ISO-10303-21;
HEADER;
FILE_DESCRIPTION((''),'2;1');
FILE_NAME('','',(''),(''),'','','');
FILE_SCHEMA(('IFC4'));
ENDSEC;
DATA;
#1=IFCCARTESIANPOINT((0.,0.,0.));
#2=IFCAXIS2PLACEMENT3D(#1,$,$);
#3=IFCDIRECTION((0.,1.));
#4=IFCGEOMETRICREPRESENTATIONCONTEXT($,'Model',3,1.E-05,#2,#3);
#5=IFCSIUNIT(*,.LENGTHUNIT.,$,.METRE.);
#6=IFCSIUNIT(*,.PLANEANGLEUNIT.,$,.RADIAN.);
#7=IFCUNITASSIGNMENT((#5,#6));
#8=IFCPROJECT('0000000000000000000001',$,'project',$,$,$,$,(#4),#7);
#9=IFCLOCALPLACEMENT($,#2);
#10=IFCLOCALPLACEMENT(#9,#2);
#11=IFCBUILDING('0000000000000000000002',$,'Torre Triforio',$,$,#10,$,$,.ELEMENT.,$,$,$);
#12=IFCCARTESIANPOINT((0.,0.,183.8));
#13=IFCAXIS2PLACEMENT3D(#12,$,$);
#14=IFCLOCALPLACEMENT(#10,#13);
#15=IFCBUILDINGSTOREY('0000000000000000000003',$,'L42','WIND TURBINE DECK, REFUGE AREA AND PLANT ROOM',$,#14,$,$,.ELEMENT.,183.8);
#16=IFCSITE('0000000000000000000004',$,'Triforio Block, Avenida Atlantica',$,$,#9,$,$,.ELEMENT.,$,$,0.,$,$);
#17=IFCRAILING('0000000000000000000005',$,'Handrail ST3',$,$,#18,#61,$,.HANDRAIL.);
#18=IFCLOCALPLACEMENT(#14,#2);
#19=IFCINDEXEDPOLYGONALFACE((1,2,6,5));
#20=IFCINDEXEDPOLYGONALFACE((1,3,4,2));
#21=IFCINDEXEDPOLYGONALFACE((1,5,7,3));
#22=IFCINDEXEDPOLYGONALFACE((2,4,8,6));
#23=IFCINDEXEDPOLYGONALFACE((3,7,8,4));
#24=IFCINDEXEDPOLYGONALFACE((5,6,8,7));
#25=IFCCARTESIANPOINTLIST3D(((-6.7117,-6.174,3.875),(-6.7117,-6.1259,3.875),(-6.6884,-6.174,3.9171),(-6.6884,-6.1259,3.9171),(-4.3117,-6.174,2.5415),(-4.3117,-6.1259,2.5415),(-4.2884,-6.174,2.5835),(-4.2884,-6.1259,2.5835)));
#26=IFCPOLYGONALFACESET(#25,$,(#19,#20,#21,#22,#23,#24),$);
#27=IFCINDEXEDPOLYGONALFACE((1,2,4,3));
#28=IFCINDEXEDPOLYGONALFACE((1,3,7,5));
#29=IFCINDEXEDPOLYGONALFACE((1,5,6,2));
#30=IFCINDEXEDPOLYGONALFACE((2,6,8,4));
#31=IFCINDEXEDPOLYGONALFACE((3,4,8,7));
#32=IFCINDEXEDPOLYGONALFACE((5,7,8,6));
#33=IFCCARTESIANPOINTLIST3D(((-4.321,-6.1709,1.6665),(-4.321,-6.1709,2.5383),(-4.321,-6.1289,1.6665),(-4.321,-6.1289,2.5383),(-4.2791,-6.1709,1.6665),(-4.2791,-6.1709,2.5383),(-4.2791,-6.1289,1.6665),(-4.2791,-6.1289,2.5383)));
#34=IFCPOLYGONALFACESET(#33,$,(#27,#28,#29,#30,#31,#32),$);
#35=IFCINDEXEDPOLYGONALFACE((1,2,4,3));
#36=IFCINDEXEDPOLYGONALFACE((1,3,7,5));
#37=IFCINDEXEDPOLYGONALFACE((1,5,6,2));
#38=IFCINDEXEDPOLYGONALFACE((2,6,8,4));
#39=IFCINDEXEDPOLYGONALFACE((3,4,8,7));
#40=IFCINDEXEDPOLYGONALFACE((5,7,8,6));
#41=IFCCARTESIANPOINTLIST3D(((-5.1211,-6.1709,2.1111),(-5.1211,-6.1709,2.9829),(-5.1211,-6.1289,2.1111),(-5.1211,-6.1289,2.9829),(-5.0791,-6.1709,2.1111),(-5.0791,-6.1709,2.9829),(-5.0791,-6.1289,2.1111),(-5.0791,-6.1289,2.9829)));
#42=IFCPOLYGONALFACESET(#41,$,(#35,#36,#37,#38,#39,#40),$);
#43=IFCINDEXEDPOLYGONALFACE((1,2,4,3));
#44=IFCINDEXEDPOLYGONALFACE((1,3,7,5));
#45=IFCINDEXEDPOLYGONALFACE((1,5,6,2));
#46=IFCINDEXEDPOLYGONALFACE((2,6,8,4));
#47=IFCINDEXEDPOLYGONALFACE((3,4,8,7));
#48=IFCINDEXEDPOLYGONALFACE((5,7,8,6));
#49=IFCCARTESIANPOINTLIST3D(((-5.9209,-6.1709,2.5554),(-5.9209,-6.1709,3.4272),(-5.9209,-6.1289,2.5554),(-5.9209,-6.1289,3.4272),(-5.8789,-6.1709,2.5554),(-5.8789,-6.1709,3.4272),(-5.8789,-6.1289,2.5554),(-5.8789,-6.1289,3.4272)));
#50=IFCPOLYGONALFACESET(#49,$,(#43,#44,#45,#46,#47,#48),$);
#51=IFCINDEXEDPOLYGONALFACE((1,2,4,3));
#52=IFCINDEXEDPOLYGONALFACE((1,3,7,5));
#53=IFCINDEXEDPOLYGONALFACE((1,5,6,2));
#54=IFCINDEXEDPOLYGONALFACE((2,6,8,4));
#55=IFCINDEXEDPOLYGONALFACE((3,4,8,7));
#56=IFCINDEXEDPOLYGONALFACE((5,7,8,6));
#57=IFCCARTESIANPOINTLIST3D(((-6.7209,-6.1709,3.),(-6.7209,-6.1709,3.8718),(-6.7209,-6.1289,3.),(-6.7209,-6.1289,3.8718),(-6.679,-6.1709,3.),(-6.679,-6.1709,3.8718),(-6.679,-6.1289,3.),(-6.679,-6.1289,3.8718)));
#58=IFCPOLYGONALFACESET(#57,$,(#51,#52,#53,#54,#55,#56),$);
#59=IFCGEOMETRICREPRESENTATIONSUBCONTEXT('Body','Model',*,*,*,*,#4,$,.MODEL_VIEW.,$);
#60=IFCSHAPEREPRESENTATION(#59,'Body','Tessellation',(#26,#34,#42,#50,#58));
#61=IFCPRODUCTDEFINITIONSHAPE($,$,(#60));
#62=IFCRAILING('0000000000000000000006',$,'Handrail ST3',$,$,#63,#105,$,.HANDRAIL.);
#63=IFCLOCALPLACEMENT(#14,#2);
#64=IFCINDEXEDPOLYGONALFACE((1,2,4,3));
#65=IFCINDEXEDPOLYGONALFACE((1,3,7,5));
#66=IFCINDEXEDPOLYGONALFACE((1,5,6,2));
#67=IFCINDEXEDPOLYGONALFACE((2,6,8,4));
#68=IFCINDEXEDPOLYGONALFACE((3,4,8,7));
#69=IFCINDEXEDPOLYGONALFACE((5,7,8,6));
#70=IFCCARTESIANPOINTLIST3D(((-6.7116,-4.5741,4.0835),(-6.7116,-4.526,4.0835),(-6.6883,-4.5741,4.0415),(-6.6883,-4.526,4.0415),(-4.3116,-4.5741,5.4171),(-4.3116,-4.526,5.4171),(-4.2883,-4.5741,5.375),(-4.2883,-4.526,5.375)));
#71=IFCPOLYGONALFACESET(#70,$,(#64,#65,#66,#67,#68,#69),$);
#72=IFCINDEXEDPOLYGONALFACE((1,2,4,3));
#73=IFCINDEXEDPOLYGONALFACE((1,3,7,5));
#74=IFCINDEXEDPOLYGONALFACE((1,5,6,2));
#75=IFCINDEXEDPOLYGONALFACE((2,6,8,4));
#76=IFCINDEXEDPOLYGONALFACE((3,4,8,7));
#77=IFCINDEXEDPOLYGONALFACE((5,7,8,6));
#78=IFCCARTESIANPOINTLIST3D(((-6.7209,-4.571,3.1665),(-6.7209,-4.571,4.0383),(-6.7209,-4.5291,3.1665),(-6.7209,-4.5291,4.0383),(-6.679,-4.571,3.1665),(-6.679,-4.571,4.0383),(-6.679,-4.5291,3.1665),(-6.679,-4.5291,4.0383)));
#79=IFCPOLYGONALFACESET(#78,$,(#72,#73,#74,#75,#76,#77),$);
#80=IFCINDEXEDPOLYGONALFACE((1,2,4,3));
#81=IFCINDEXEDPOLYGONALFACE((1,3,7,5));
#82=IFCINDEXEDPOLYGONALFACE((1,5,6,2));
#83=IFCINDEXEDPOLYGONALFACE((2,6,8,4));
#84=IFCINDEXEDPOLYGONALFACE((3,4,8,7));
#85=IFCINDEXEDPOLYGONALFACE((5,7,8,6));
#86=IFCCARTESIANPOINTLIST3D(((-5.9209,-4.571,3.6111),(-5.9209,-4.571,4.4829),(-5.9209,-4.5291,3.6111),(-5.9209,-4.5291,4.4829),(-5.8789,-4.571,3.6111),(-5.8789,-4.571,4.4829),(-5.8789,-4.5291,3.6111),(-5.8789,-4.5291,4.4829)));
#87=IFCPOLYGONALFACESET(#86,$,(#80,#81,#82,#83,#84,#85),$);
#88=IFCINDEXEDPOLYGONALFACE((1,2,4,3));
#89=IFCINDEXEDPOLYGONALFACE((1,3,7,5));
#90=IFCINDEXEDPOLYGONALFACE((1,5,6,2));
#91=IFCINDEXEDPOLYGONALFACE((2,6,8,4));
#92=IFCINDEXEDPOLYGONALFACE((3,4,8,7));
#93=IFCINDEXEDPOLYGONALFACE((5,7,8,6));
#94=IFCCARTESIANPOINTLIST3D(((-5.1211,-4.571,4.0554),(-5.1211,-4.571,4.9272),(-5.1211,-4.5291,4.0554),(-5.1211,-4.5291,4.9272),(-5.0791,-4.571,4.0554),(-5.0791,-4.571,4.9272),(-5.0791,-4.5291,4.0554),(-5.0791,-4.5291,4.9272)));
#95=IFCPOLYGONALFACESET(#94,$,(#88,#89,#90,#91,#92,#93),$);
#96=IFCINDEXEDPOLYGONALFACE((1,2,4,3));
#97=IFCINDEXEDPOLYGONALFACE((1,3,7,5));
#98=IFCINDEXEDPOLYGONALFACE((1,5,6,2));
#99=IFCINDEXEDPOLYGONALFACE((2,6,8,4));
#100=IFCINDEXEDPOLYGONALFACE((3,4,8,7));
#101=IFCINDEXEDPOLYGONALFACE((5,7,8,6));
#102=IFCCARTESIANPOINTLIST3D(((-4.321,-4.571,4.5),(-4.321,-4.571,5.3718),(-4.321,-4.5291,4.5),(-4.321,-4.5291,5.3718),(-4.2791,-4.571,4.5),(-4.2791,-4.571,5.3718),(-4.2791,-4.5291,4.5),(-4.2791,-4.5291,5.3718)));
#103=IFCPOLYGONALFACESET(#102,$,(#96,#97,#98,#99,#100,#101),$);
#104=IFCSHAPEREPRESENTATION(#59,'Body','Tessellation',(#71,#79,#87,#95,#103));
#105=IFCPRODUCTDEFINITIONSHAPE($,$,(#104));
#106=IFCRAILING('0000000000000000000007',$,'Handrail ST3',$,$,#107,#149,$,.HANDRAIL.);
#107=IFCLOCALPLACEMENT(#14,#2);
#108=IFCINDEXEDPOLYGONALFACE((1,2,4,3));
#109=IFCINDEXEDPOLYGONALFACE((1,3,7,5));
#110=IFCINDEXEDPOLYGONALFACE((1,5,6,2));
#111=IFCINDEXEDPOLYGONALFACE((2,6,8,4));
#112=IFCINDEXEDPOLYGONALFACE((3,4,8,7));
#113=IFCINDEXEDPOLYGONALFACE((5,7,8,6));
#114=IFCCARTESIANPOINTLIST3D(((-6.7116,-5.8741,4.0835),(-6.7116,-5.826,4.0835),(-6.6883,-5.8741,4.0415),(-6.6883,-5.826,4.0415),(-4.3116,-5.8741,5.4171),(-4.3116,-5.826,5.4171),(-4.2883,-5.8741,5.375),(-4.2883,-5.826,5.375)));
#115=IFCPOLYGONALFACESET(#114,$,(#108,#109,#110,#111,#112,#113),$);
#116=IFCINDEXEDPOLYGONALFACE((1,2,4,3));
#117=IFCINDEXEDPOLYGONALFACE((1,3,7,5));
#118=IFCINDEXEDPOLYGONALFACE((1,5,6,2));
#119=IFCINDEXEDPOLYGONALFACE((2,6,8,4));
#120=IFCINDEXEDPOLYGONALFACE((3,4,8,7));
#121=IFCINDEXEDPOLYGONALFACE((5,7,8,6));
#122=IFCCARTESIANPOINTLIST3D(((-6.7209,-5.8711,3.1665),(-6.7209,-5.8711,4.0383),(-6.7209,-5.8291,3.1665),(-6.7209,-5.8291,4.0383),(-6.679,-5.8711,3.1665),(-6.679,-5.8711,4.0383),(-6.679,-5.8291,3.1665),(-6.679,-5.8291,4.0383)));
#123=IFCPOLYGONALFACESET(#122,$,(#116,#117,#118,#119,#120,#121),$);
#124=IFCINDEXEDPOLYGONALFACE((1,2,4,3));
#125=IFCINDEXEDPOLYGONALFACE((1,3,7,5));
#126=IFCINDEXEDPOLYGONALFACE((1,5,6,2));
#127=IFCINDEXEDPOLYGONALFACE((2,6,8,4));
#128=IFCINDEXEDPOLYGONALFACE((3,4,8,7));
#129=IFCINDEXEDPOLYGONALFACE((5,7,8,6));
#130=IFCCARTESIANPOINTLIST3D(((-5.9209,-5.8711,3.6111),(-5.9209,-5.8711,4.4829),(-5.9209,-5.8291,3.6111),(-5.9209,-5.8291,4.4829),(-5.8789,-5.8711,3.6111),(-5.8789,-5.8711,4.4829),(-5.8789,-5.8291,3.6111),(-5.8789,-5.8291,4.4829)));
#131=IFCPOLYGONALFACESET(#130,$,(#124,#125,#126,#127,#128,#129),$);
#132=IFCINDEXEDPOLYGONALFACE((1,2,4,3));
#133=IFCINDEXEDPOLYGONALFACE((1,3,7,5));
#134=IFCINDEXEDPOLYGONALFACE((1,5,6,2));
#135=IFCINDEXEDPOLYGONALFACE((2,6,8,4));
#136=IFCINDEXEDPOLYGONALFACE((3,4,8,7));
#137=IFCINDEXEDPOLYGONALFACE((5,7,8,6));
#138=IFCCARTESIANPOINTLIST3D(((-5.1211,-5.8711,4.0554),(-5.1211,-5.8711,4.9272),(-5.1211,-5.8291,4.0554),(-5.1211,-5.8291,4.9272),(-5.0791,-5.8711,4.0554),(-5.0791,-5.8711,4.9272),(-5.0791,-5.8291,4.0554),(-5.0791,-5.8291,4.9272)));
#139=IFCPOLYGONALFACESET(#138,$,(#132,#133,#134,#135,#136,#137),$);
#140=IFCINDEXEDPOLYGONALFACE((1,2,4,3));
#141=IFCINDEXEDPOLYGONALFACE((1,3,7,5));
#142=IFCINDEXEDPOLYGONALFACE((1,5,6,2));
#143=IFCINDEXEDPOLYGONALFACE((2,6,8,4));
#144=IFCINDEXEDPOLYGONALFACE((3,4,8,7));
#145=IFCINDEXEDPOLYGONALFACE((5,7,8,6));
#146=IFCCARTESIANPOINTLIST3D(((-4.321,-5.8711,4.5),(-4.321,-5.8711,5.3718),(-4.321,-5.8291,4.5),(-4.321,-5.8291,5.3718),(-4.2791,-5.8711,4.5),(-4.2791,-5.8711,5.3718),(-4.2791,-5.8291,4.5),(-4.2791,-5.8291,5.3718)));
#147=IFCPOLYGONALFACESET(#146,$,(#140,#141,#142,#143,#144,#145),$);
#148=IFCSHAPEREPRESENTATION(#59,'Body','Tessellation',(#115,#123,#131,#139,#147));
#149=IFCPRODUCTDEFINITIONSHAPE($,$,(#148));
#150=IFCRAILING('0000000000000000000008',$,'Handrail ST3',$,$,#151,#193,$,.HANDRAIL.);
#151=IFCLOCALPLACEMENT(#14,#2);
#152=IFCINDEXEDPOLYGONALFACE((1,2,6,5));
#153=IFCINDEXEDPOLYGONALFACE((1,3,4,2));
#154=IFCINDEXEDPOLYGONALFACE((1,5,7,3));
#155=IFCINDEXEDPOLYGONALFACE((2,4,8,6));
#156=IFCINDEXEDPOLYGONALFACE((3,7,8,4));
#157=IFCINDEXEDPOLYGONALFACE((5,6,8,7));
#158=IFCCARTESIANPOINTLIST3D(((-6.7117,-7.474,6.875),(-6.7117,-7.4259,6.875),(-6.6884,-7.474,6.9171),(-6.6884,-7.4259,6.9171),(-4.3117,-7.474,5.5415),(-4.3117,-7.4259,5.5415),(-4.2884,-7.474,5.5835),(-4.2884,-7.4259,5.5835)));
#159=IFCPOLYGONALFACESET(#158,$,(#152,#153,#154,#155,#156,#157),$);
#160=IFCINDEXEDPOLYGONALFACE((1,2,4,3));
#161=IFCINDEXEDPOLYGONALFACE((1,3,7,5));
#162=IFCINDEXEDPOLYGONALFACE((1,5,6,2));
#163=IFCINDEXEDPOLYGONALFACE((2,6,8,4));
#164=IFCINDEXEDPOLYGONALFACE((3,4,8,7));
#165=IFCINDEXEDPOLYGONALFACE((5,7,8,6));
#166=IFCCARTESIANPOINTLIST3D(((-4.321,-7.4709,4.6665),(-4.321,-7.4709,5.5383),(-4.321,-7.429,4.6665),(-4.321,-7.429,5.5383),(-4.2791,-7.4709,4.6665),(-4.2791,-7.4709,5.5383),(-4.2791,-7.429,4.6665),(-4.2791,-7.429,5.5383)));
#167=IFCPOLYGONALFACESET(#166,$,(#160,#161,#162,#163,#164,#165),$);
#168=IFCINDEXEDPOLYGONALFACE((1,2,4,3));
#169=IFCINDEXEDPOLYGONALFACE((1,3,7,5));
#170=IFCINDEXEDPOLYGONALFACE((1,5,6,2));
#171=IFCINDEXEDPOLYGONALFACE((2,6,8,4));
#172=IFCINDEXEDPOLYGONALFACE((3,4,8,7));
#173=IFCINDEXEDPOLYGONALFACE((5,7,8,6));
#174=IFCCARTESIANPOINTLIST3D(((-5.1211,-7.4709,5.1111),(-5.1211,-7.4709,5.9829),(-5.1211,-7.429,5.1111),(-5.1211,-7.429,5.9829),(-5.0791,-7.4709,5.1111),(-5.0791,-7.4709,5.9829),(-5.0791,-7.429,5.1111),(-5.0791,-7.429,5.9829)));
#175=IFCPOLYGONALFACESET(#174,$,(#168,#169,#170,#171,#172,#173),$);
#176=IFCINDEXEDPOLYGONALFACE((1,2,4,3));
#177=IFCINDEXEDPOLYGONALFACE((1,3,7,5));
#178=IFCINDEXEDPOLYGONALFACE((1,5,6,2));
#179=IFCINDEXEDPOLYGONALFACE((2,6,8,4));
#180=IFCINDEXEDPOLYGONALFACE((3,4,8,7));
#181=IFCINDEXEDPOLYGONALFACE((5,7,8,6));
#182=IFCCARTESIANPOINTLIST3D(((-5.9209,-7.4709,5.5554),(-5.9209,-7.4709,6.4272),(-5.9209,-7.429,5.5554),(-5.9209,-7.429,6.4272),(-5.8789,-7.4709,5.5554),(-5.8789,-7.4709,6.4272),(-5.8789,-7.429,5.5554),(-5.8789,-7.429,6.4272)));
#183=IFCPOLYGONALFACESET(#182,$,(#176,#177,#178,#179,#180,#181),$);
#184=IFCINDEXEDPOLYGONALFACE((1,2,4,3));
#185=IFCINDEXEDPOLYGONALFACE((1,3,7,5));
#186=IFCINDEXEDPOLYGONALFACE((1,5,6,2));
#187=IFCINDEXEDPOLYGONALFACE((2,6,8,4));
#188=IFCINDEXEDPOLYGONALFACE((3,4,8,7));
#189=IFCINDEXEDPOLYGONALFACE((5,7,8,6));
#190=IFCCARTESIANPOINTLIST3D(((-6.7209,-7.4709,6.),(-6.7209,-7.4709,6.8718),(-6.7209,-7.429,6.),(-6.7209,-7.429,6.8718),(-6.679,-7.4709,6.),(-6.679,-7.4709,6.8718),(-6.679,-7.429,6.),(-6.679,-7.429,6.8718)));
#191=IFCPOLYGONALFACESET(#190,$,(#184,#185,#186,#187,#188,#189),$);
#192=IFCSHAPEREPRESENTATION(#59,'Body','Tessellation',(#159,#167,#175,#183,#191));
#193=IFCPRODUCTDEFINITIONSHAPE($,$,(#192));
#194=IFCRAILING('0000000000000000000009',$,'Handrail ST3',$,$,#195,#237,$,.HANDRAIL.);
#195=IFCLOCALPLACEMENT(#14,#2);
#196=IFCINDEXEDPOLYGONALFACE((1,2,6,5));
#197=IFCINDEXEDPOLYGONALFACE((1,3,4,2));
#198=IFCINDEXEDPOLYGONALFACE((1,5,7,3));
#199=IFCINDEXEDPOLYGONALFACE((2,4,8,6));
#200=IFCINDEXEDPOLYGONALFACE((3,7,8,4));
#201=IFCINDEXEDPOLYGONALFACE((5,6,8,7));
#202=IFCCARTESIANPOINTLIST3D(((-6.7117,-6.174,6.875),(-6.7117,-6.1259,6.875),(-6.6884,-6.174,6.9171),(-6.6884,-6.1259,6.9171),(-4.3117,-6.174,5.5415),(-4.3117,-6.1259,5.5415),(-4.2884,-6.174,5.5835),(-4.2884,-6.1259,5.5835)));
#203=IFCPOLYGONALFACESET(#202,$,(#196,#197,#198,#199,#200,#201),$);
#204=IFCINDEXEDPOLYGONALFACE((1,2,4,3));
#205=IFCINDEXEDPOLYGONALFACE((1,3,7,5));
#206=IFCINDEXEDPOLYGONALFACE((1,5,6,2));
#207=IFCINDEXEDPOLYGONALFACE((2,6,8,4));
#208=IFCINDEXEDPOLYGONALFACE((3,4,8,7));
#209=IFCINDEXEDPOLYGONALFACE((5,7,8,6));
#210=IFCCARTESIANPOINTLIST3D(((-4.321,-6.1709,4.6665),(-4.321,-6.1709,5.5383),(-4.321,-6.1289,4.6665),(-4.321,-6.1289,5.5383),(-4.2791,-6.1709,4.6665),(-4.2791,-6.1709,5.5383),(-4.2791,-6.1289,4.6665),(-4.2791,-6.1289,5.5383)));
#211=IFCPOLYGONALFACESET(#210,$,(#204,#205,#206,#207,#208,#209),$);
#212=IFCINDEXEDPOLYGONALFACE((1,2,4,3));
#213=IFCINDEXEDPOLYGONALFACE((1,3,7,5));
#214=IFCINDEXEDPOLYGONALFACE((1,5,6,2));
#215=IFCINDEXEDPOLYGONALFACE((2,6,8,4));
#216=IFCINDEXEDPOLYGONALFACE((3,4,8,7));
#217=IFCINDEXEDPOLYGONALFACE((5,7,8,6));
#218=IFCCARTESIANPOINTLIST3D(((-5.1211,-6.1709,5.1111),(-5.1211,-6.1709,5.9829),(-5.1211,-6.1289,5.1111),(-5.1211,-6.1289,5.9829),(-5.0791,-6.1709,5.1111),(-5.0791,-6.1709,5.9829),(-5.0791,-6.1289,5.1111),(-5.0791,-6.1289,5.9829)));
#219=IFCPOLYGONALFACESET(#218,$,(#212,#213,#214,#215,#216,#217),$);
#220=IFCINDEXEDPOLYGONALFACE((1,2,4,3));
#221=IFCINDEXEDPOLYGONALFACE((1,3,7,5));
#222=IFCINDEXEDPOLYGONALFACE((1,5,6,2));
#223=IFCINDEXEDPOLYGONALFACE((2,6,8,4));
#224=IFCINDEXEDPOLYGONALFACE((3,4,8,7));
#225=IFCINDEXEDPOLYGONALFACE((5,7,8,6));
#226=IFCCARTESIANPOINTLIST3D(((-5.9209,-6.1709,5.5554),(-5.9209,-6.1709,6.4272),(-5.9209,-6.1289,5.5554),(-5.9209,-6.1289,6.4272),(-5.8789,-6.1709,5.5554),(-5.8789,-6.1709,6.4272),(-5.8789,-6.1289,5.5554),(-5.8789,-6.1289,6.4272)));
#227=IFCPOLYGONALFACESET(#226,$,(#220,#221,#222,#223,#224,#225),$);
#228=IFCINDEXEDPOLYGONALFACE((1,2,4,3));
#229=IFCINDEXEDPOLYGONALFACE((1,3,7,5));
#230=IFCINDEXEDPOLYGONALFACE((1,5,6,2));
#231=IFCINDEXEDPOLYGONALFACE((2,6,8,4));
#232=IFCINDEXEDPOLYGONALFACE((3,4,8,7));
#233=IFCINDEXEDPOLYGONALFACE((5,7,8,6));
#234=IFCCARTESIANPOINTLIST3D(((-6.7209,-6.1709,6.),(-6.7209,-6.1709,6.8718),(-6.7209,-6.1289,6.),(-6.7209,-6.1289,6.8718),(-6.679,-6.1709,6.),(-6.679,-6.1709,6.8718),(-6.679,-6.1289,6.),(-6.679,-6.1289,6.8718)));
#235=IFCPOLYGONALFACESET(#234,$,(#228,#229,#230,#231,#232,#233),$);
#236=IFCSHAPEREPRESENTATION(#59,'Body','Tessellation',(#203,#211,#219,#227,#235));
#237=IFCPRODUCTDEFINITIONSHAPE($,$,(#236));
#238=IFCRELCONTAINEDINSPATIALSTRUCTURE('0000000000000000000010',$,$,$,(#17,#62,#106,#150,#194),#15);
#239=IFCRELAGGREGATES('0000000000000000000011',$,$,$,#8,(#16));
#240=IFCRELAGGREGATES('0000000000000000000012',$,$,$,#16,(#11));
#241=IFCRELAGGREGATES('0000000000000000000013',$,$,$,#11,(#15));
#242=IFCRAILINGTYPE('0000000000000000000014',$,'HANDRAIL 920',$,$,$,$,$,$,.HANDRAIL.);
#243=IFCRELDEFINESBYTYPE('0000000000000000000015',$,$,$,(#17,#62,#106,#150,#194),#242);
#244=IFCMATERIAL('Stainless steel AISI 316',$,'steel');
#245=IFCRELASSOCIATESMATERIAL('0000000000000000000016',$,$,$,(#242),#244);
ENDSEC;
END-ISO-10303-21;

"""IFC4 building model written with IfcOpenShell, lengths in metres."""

from ifc_helpers import new_model, si_unit, direction, frame, origin, origin_2d, place, context, subcontext, project, spatial, rectangle, extrude, material, type_object, element, save


model = new_model("IFC4")

# Units and contexts
model_context = context("Model", 3, precision=1e-05, world=origin(), true_north=direction((0.0, 1.0)))
body_context = subcontext(model_context, "Body", "Model", "MODEL_VIEW")
ifc_project = project(units=[si_unit("LENGTHUNIT", "METRE"), si_unit("PLANEANGLEUNIT", "RADIAN")], contexts=[model_context])

# Site, building, storey
site_placement = place(None, origin())
site = spatial("IfcSite", under=ifc_project, at=site_placement, Name="Triforio Block, Avenida Atlantica", CompositionType="ELEMENT", RefElevation=0.0)
building_placement = place(site_placement, origin())
building = spatial("IfcBuilding", under=site, at=building_placement, Name="Torre Triforio", CompositionType="ELEMENT")
storey_placement = place(building_placement, frame((0.0, 0.0, 183.8)))
storey = spatial("IfcBuildingStorey", under=building, at=storey_placement, Name="L42", Description="WIND TURBINE DECK, REFUGE AREA AND PLANT ROOM", CompositionType="ELEMENT", Elevation=183.8)

# Railings
ifc_material_1 = material(Name="Stainless steel AISI 316", Category="steel")
railing_type = type_object("IfcRailingType", Name="HANDRAIL 920", PredefinedType="HANDRAIL", material=ifc_material_1)
for number, where, name in (
    (1, (-4.3, -6.1499, 1.6665), "Handrail ST3"),
):
    element("IfcRailing", number, at=place(storey_placement, frame(where)), inside=storey, type_object=railing_type, Name=name, PredefinedType="HANDRAIL", context=body_context, shape_type="SweptSolid", body=[
        extrude(rectangle(XDim=0.0481, YDim=0.0481, at=origin_2d()), frame((0.0, 0.0, 0.896), z_axis=(-0.874124, 0.0, 0.485703), x_axis=(0.0, -1.0, 0.0)), (0.0, 0.0, 1.0), 2.7456),
        extrude(rectangle(XDim=0.042, YDim=0.042, at=origin_2d()), origin(), (0.0, 0.0, 1.0), 0.8718),
        extrude(rectangle(XDim=0.042, YDim=0.042, at=origin_2d()), frame((-0.8, 0.0, 0.4446)), (0.0, 0.0, 1.0), 0.8718),
        extrude(rectangle(XDim=0.042, YDim=0.042, at=origin_2d()), frame((-1.5999, 0.0, 0.8889)), (0.0, 0.0, 1.0), 0.8718),
        extrude(rectangle(XDim=0.042, YDim=0.042, at=origin_2d()), frame((-2.3999, 0.0, 1.3335)), (0.0, 0.0, 1.0), 0.8718),
    ])
for number, where, name in (
    (2, (-6.7, -4.55, 3.1665), "Handrail ST3"),
    (3, (-6.7, -5.8501, 3.1665), "Handrail ST3"),
):
    element("IfcRailing", number, at=place(storey_placement, frame(where)), inside=storey, type_object=railing_type, Name=name, PredefinedType="HANDRAIL", context=body_context, shape_type="SweptSolid", body=[
        extrude(rectangle(XDim=0.0481, YDim=0.0481, at=origin_2d()), frame((0.0, 0.0, 0.896), z_axis=(0.874124, 0.0, 0.485703), x_axis=(0.0, 1.0, 0.0)), (0.0, 0.0, 1.0), 2.7456),
        extrude(rectangle(XDim=0.042, YDim=0.042, at=origin_2d()), origin(), (0.0, 0.0, 1.0), 0.8718),
        extrude(rectangle(XDim=0.042, YDim=0.042, at=origin_2d()), frame((0.8, 0.0, 0.4446)), (0.0, 0.0, 1.0), 0.8718),
        extrude(rectangle(XDim=0.042, YDim=0.042, at=origin_2d()), frame((1.5999, 0.0, 0.8889)), (0.0, 0.0, 1.0), 0.8718),
        extrude(rectangle(XDim=0.042, YDim=0.042, at=origin_2d()), frame((2.3999, 0.0, 1.3335)), (0.0, 0.0, 1.0), 0.8718),
    ])
for number, where, name in (
    (4, (-4.3, -7.45, 4.6665), "Handrail ST3"),
    (5, (-4.3, -6.1499, 4.6665), "Handrail ST3"),
):
    element("IfcRailing", number, at=place(storey_placement, frame(where)), inside=storey, type_object=railing_type, Name=name, PredefinedType="HANDRAIL", context=body_context, shape_type="SweptSolid", body=[
        extrude(rectangle(XDim=0.0481, YDim=0.0481, at=origin_2d()), frame((0.0, 0.0, 0.896), z_axis=(-0.874124, 0.0, 0.485703), x_axis=(0.0, -1.0, 0.0)), (0.0, 0.0, 1.0), 2.7456),
        extrude(rectangle(XDim=0.042, YDim=0.042, at=origin_2d()), origin(), (0.0, 0.0, 1.0), 0.8718),
        extrude(rectangle(XDim=0.042, YDim=0.042, at=origin_2d()), frame((-0.8, 0.0, 0.4446)), (0.0, 0.0, 1.0), 0.8718),
        extrude(rectangle(XDim=0.042, YDim=0.042, at=origin_2d()), frame((-1.5999, 0.0, 0.8889)), (0.0, 0.0, 1.0), 0.8718),
        extrude(rectangle(XDim=0.042, YDim=0.042, at=origin_2d()), frame((-2.3999, 0.0, 1.3335)), (0.0, 0.0, 1.0), 0.8718),
    ])

save(model, "model.ifc")
